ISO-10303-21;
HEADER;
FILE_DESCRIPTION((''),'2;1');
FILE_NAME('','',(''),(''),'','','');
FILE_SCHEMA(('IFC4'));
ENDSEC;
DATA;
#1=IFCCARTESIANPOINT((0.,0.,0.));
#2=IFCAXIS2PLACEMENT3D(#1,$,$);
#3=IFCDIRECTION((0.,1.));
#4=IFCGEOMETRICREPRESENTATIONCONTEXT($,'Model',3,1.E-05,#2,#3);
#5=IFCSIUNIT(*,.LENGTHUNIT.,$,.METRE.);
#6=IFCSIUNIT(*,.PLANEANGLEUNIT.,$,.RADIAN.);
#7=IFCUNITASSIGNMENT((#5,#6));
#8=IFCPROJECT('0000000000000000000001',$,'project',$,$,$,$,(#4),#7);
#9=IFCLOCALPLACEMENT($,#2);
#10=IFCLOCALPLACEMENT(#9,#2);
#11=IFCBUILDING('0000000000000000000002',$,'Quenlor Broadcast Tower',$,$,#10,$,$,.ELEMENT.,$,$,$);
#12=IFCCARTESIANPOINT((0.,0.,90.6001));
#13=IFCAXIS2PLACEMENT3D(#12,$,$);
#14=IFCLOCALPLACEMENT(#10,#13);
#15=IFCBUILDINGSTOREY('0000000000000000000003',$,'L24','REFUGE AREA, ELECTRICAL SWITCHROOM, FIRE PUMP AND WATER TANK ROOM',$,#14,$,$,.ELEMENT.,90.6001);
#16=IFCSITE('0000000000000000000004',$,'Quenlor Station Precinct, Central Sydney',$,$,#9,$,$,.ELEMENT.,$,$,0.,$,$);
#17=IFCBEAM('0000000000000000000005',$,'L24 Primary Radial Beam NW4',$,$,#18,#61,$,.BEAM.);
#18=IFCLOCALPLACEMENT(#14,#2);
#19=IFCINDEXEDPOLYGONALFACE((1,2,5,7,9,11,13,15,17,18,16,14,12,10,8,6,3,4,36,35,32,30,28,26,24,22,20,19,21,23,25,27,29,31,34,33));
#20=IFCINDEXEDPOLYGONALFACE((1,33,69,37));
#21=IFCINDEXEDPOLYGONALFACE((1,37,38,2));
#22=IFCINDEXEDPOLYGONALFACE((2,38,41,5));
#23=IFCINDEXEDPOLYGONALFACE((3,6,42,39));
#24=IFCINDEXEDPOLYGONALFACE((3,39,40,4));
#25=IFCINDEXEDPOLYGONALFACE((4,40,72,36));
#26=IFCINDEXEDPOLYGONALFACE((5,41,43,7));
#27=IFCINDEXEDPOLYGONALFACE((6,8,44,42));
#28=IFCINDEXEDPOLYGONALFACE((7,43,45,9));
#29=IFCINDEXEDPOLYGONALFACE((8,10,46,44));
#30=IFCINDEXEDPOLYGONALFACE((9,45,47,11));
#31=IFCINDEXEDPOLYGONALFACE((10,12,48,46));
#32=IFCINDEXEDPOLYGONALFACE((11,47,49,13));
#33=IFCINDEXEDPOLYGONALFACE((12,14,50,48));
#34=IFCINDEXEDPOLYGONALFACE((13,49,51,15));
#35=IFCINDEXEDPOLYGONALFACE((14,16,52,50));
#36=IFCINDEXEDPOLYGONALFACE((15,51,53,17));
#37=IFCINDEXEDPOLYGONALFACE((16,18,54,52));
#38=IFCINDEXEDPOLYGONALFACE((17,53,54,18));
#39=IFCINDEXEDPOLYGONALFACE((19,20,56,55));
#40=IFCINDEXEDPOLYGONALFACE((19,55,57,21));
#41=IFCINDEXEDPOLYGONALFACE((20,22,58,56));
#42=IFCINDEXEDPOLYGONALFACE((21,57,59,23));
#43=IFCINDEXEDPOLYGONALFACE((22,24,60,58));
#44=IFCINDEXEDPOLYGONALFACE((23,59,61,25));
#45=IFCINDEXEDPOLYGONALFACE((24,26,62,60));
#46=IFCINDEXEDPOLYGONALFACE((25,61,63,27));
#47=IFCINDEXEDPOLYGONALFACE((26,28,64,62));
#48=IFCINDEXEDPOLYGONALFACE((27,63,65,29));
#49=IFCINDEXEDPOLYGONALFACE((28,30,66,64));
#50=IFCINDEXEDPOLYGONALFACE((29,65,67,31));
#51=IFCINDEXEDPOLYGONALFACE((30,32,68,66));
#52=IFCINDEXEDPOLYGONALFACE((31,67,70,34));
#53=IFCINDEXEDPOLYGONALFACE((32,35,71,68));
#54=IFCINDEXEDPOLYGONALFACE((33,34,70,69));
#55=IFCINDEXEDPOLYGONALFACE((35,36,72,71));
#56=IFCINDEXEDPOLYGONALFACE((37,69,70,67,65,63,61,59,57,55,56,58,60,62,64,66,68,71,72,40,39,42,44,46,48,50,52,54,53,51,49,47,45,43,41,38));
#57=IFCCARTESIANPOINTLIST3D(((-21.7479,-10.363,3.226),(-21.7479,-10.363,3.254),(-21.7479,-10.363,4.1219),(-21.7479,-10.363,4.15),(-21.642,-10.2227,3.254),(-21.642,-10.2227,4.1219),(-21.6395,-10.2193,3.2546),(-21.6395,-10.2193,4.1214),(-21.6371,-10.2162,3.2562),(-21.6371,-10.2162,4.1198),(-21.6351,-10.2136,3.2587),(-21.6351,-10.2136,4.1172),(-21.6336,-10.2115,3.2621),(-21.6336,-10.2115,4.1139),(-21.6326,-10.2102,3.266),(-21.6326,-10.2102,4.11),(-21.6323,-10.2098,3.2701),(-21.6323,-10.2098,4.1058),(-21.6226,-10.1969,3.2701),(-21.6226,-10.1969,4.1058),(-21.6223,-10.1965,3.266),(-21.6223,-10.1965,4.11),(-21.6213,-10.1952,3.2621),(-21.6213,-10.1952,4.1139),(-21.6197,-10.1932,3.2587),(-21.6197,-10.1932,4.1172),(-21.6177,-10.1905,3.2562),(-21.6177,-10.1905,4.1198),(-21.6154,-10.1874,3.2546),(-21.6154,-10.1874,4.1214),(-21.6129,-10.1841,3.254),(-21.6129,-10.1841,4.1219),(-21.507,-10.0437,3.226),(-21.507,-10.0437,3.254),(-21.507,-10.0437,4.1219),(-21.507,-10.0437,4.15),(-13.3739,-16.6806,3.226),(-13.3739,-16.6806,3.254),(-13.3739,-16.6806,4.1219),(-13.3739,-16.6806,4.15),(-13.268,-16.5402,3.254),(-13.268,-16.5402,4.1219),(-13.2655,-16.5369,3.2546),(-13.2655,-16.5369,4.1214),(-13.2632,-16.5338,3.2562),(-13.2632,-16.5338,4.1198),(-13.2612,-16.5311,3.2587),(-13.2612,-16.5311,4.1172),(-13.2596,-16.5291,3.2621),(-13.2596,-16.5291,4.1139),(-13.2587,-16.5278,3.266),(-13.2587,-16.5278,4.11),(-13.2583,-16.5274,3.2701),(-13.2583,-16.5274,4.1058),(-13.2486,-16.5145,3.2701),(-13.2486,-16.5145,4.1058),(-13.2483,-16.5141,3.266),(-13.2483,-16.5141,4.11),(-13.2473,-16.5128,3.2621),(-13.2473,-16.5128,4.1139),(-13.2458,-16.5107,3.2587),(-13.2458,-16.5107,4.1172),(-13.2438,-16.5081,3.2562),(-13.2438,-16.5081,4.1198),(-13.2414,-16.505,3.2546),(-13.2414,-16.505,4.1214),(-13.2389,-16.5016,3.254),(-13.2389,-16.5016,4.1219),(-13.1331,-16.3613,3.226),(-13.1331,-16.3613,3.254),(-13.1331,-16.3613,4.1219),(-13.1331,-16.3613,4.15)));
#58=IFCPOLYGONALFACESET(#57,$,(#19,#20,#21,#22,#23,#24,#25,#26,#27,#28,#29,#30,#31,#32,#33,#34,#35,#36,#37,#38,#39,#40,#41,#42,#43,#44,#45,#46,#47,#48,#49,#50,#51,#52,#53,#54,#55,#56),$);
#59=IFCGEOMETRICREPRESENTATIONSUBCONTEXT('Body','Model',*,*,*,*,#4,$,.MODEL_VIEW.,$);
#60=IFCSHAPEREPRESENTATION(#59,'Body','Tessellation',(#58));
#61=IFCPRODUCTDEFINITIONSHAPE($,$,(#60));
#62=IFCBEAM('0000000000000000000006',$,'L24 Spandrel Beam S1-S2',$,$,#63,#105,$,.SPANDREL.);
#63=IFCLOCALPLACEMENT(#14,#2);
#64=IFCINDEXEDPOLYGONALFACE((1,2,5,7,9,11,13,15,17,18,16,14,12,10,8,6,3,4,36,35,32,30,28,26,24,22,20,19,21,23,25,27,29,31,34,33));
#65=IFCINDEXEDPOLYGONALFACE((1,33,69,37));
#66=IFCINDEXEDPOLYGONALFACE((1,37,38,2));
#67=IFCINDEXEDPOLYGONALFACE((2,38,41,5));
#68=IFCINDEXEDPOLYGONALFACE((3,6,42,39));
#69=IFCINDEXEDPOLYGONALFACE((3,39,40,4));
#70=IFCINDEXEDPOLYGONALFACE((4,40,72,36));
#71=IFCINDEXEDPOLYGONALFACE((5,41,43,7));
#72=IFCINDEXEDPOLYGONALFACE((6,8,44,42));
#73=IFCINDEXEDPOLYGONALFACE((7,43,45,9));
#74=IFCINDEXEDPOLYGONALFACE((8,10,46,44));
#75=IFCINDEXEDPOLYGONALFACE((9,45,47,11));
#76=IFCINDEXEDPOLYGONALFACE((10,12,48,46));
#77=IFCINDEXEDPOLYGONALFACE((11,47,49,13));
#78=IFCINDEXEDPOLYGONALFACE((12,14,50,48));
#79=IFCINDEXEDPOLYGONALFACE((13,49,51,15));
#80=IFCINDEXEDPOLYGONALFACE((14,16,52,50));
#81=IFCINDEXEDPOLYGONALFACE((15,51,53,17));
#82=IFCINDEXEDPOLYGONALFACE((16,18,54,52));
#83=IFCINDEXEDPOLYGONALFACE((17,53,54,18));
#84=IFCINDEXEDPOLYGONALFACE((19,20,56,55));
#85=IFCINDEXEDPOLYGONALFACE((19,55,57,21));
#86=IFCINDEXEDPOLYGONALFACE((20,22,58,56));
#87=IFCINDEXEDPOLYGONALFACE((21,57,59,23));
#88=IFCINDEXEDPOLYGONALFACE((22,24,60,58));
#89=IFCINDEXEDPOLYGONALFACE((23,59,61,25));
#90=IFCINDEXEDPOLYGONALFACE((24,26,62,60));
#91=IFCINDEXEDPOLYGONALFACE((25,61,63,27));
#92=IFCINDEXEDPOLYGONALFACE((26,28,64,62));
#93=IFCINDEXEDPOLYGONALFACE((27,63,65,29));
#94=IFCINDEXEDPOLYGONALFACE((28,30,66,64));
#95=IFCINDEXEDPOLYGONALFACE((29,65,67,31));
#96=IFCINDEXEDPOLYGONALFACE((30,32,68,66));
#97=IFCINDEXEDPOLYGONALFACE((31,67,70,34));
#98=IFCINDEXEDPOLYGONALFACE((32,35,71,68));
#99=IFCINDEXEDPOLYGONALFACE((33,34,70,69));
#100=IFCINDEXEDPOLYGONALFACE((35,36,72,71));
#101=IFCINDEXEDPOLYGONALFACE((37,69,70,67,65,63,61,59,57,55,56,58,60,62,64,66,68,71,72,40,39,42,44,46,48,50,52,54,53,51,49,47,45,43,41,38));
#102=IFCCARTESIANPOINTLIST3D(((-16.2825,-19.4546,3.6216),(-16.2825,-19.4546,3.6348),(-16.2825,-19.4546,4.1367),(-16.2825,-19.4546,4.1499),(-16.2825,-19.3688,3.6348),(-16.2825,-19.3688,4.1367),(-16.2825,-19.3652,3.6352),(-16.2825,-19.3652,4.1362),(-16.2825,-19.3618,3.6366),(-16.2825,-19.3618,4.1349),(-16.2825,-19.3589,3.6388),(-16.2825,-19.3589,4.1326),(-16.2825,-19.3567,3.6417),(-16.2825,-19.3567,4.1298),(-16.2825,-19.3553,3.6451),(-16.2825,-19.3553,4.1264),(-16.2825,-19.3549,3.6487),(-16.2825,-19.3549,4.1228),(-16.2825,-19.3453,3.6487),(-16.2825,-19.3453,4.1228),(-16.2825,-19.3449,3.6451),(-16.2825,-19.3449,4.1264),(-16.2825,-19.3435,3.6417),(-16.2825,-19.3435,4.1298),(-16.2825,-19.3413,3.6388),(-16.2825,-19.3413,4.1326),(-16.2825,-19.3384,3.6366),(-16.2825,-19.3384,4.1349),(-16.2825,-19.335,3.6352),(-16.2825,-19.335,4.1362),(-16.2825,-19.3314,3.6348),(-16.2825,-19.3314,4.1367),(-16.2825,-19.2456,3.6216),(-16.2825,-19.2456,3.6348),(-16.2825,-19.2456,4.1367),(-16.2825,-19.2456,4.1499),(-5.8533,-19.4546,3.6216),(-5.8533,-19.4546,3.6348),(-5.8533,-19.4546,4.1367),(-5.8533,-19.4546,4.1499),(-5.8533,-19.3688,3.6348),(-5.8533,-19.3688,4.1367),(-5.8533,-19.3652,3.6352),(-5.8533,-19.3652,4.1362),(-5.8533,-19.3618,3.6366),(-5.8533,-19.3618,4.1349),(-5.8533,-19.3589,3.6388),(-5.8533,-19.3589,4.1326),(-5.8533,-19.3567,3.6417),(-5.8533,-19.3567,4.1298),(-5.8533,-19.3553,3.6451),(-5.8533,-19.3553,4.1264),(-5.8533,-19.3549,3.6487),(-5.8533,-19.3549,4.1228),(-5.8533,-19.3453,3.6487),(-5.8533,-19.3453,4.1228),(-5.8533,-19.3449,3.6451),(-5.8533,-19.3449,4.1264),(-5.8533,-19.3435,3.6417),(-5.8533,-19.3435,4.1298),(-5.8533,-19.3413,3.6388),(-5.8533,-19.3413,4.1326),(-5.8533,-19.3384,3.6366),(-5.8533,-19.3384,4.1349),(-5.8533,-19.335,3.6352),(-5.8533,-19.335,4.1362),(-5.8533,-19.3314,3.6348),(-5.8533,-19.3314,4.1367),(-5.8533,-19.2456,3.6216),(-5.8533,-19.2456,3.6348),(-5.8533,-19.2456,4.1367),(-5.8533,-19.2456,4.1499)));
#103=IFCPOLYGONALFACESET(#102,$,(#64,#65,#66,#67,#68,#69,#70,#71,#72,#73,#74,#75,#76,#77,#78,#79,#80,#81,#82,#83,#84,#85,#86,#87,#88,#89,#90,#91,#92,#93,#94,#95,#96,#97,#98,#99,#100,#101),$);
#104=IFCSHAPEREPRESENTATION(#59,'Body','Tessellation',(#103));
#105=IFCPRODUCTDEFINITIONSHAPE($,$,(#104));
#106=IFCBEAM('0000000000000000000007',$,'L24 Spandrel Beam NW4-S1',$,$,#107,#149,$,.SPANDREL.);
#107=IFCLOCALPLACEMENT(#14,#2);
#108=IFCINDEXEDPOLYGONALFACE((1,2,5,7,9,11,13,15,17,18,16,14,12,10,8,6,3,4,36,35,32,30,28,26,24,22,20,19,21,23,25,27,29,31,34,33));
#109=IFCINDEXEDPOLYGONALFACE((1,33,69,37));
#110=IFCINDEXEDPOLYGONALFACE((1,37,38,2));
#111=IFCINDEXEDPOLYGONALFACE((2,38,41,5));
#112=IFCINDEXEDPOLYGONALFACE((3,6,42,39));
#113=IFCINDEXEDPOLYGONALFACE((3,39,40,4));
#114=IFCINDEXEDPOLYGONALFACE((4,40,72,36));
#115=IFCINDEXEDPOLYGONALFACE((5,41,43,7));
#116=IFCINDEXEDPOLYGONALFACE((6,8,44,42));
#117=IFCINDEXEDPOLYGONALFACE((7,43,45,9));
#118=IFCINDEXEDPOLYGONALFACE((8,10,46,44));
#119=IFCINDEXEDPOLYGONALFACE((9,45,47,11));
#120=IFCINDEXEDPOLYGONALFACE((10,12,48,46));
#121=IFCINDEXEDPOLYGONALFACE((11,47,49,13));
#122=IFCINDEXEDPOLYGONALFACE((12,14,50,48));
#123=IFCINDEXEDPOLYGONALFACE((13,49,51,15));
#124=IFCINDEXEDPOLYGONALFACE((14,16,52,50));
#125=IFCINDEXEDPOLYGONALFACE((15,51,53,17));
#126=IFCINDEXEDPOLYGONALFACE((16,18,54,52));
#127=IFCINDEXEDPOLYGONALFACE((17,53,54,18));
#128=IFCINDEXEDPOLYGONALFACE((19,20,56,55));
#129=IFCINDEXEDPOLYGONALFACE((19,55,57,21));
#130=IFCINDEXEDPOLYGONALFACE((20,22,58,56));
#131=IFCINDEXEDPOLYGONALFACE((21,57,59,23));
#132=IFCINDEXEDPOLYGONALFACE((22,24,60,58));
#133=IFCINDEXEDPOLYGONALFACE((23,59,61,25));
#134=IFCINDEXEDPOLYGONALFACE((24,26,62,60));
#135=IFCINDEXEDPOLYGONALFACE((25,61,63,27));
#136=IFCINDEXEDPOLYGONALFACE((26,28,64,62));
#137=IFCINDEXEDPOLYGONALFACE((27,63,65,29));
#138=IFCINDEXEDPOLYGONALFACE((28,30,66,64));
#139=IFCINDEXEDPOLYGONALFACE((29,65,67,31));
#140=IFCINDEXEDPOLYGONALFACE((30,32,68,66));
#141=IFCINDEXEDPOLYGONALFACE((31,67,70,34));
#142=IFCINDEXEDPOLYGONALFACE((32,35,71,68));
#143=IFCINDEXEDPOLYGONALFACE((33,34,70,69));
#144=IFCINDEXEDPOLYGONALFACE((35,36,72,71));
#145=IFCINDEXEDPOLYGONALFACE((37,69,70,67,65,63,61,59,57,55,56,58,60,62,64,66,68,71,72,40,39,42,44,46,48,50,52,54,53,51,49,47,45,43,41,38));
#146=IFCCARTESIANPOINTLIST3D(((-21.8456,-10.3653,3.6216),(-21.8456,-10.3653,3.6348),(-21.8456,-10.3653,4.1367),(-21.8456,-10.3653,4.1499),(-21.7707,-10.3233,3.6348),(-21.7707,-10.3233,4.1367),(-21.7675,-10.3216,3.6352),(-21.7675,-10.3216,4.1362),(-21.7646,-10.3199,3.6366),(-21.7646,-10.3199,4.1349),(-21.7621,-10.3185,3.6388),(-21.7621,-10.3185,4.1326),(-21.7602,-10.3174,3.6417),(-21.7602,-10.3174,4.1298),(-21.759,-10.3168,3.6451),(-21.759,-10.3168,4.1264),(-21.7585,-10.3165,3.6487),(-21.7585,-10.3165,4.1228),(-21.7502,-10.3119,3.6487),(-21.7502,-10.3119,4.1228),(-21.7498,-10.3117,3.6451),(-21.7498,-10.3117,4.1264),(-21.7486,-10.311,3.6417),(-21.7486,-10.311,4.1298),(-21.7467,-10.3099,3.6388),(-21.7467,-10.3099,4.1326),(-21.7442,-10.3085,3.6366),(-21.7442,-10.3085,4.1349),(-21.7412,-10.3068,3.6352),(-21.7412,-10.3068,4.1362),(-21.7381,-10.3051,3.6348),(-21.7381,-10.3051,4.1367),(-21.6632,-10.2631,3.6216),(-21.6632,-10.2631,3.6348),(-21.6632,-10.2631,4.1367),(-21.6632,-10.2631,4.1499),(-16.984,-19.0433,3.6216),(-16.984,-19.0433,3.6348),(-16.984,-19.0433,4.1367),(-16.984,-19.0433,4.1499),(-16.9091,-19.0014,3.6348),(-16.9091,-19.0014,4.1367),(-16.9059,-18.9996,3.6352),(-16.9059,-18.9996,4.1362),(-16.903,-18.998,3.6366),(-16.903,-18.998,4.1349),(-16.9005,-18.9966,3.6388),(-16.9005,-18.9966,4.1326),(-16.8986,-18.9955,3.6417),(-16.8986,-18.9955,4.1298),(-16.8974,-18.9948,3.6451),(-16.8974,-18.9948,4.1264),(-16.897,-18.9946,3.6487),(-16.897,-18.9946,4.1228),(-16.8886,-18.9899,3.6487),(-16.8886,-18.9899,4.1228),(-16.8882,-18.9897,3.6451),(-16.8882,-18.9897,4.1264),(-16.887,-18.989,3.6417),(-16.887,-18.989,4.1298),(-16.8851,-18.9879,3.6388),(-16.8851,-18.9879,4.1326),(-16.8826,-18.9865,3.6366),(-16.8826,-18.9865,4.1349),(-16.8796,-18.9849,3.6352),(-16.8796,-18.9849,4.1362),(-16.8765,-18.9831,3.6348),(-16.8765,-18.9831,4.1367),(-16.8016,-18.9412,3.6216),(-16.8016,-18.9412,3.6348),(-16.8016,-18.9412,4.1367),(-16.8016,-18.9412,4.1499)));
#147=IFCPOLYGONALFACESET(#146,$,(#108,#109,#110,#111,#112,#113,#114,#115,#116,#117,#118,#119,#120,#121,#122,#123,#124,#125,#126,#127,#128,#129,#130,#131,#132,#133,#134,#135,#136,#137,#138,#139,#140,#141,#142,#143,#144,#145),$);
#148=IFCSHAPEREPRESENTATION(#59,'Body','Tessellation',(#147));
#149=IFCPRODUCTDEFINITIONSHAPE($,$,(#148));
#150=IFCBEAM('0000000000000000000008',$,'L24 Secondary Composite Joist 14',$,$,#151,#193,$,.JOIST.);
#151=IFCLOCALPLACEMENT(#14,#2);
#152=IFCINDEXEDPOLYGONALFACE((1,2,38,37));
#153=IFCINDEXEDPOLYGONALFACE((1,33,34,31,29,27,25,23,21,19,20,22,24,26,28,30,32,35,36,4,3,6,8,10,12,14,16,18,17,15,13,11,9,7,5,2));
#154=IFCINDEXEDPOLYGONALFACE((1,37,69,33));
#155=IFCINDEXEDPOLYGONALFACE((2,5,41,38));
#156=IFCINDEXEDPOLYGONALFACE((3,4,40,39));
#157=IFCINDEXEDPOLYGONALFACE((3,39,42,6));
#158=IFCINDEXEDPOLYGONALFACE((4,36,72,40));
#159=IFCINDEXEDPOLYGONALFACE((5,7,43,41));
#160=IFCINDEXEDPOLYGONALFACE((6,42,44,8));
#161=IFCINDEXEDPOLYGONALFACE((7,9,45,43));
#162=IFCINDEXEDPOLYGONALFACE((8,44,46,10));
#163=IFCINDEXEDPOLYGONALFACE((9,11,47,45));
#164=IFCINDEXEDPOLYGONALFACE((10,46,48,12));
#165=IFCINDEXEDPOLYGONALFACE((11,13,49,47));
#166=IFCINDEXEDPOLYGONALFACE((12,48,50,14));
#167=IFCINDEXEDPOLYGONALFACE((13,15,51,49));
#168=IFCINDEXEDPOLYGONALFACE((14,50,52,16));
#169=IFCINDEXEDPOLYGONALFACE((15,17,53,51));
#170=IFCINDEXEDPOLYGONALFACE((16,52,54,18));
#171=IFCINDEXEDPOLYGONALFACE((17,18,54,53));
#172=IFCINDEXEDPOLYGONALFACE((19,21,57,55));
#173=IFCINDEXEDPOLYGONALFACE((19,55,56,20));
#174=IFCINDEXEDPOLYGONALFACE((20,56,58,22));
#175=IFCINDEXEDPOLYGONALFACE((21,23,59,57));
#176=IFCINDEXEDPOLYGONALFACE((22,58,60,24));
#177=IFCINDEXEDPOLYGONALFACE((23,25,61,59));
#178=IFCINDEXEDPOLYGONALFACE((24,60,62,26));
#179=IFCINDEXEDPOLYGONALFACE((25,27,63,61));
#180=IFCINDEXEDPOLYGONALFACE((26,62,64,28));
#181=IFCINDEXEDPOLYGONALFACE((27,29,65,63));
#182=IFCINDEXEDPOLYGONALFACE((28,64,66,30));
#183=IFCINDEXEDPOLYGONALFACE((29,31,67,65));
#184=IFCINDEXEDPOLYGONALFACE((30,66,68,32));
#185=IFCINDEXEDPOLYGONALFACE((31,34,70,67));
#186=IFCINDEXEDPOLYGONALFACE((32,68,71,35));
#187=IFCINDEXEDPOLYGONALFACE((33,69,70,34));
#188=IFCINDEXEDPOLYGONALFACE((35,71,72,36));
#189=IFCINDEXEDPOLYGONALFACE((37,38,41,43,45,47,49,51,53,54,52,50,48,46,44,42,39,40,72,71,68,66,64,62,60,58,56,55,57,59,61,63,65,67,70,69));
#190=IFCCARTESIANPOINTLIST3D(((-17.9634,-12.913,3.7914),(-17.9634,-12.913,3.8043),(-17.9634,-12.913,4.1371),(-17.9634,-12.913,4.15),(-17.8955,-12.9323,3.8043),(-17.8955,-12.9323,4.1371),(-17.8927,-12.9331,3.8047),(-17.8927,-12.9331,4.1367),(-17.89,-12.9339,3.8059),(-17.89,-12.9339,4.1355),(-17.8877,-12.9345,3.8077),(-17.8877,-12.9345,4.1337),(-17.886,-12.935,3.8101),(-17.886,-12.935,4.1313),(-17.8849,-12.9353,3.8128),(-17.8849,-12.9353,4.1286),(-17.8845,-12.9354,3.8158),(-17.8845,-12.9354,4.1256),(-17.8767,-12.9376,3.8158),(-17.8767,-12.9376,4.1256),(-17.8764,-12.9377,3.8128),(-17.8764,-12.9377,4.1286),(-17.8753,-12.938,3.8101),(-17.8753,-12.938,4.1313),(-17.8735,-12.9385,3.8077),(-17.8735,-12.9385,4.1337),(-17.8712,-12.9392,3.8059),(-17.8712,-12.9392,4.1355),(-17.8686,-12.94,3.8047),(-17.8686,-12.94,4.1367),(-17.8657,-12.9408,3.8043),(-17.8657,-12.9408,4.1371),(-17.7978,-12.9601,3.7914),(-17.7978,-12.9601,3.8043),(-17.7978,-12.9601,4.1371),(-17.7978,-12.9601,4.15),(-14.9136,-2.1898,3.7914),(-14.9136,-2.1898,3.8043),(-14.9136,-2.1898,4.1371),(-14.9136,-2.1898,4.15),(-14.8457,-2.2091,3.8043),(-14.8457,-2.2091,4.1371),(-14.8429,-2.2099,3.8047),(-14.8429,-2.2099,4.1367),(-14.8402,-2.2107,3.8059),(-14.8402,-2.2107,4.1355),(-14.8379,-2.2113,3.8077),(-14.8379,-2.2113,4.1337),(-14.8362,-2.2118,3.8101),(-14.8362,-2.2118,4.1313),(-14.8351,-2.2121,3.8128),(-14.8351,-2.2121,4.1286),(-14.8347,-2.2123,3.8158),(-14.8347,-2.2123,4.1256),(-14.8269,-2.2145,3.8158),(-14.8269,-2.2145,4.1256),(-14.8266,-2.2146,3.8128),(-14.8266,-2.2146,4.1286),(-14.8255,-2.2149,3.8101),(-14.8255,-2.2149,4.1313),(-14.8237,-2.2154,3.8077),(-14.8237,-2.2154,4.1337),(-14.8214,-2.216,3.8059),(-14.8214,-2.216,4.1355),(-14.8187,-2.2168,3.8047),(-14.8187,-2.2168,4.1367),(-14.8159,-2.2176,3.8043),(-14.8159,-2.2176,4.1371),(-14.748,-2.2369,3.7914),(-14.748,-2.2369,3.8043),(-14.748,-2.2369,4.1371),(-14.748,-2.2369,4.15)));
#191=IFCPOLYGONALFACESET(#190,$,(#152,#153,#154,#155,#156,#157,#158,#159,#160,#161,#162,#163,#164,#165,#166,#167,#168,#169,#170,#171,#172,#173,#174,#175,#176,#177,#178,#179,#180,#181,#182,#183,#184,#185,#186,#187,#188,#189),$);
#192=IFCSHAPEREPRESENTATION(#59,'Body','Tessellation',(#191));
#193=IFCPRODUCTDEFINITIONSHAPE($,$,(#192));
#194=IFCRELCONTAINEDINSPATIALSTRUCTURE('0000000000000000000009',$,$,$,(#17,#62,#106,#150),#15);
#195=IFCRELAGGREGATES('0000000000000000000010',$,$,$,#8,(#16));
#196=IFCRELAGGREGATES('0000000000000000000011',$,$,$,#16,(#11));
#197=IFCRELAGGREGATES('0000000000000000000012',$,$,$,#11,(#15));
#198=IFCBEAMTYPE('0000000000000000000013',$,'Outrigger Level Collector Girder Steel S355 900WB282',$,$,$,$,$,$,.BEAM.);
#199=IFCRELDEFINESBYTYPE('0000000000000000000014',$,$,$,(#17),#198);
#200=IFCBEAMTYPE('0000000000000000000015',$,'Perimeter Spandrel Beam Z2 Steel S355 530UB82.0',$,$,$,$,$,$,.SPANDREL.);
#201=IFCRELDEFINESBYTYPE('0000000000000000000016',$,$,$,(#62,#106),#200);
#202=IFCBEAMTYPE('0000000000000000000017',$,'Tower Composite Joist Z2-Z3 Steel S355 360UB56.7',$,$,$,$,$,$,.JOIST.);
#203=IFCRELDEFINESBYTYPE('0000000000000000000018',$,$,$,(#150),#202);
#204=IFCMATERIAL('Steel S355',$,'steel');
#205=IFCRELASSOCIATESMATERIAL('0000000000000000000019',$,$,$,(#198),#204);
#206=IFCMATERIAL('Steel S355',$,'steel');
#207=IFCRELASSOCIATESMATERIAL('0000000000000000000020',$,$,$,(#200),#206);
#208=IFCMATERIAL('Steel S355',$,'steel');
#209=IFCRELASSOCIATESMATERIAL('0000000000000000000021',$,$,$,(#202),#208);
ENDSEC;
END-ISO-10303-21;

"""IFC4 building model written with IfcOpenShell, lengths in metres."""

from ifc_helpers import new_model, si_unit, direction, frame, origin, origin_2d, place, context, subcontext, project, spatial, i_section, extrude, material, material_profile, profile_set, type_object, element, save


model = new_model("IFC4")

# Units and contexts
model_context = context("Model", 3, precision=1e-05, world=origin(), true_north=direction((0.0, 1.0)))
body_context = subcontext(model_context, "Body", "Model", "MODEL_VIEW")
ifc_project = project(units=[si_unit("LENGTHUNIT", "METRE"), si_unit("PLANEANGLEUNIT", "RADIAN")], contexts=[model_context])

# Site, building, storey
site_placement = place(None, origin())
site = spatial("IfcSite", under=ifc_project, at=site_placement, Name="Quenlor Station Precinct, Central Sydney", CompositionType="ELEMENT", RefElevation=0.0)
building_placement = place(site_placement, origin())
building = spatial("IfcBuilding", under=site, at=building_placement, Name="Quenlor Broadcast Tower", CompositionType="ELEMENT")
storey_placement = place(building_placement, frame((0.0, 0.0, 90.6001)))
storey = spatial("IfcBuildingStorey", under=building, at=storey_placement, Name="L24", Description="REFUGE AREA, ELECTRICAL SWITCHROOM, FIRE PUMP AND WATER TANK ROOM", CompositionType="ELEMENT", Elevation=90.6001)

# Beams
ifc_material_1 = material(Name="Steel S355", Category="steel")
ifc_material_profile_1 = material_profile(ifc_material_1, i_section(OverallWidth=0.3999, OverallDepth=0.9241, WebThickness=0.0161, FlangeThickness=0.0281, FilletRadius=0.0161, at=origin_2d()))
ifc_profile_set_1 = profile_set([ifc_material_profile_1], Name="Steel S355 900WB282")
beam_type_1 = type_object("IfcBeamType", Name="Outrigger Level Collector Girder Steel S355 900WB282", PredefinedType="BEAM", material=ifc_profile_set_1)
beam_1_placement = place(storey_placement, frame((-21.6274, -10.2034, 3.688), z_axis=(0.798299, -0.602262, 0.0), x_axis=(0.602262, 0.798299, 0.0)))
element("IfcBeam", 1, at=beam_1_placement, inside=storey, type_object=beam_type_1, Name="L24 Primary Radial Beam NW4", PredefinedType="BEAM", context=body_context, shape_type="SweptSolid", body=[
    extrude(i_section(OverallWidth=0.3999, OverallDepth=0.9241, WebThickness=0.0161, FlangeThickness=0.0281, FilletRadius=0.0161, at=origin_2d()), origin(), (0.0, 0.0, 1.0), 10.4897),
])
ifc_material_2 = material(Name="Steel S355", Category="steel")
ifc_material_profile_2 = material_profile(ifc_material_2, i_section(OverallWidth=0.209, OverallDepth=0.5283, WebThickness=0.0095, FlangeThickness=0.0132, FilletRadius=0.0139, at=origin_2d()))
ifc_profile_set_2 = profile_set([ifc_material_profile_2], Name="Steel S355 530UB82.0")
beam_type_2 = type_object("IfcBeamType", Name="Perimeter Spandrel Beam Z2 Steel S355 530UB82.0", PredefinedType="SPANDREL", material=ifc_profile_set_2)
beam_2_placement = place(storey_placement, frame((-16.2825, -19.3501, 3.8857), z_axis=(1.0, 0.0, 0.0), x_axis=(0.0, 1.0, 0.0)))
element("IfcBeam", 2, at=beam_2_placement, inside=storey, type_object=beam_type_2, Name="L24 Spandrel Beam S1-S2", PredefinedType="SPANDREL", context=body_context, shape_type="SweptSolid", body=[
    extrude(i_section(OverallWidth=0.209, OverallDepth=0.5283, WebThickness=0.0095, FlangeThickness=0.0132, FilletRadius=0.0139, at=origin_2d()), origin(), (0.0, 0.0, 1.0), 10.4292),
])
beam_3_placement = place(storey_placement, frame((-21.7544, -10.3142, 3.8857), z_axis=(0.488749, -0.872424, 0.0), x_axis=(0.872424, 0.488749, 0.0)))
element("IfcBeam", 3, at=beam_3_placement, inside=storey, type_object=beam_type_2, Name="L24 Spandrel Beam NW4-S1", PredefinedType="SPANDREL", context=body_context, shape_type="SweptSolid", body=[
    extrude(i_section(OverallWidth=0.209, OverallDepth=0.5283, WebThickness=0.0095, FlangeThickness=0.0132, FilletRadius=0.0139, at=origin_2d()), origin(), (0.0, 0.0, 1.0), 9.947),
])
ifc_material_3 = material(Name="Steel S355", Category="steel")
ifc_material_profile_3 = material_profile(ifc_material_3, i_section(OverallWidth=0.1721, OverallDepth=0.3586, WebThickness=0.0081, FlangeThickness=0.0129, FilletRadius=0.0115, at=origin_2d()))
ifc_profile_set_3 = profile_set([ifc_material_profile_3], Name="Steel S355 360UB56.7")
beam_type_3 = type_object("IfcBeamType", Name="Tower Composite Joist Z2-Z3 Steel S355 360UB56.7", PredefinedType="JOIST", material=ifc_profile_set_3)
beam_4_placement = place(storey_placement, frame((-17.8806, -12.9365, 3.9707), z_axis=(0.273564, 0.961854, 0.0), x_axis=(-0.961854, 0.273564, 0.0)))
element("IfcBeam", 4, at=beam_4_placement, inside=storey, type_object=beam_type_3, Name="L24 Secondary Composite Joist 14", PredefinedType="JOIST", context=body_context, shape_type="SweptSolid", body=[
    extrude(i_section(OverallWidth=0.1721, OverallDepth=0.3586, WebThickness=0.0081, FlangeThickness=0.0129, FilletRadius=0.0115, at=origin_2d()), origin(), (0.0, 0.0, 1.0), 11.1484),
])

save(model, "model.ifc")
